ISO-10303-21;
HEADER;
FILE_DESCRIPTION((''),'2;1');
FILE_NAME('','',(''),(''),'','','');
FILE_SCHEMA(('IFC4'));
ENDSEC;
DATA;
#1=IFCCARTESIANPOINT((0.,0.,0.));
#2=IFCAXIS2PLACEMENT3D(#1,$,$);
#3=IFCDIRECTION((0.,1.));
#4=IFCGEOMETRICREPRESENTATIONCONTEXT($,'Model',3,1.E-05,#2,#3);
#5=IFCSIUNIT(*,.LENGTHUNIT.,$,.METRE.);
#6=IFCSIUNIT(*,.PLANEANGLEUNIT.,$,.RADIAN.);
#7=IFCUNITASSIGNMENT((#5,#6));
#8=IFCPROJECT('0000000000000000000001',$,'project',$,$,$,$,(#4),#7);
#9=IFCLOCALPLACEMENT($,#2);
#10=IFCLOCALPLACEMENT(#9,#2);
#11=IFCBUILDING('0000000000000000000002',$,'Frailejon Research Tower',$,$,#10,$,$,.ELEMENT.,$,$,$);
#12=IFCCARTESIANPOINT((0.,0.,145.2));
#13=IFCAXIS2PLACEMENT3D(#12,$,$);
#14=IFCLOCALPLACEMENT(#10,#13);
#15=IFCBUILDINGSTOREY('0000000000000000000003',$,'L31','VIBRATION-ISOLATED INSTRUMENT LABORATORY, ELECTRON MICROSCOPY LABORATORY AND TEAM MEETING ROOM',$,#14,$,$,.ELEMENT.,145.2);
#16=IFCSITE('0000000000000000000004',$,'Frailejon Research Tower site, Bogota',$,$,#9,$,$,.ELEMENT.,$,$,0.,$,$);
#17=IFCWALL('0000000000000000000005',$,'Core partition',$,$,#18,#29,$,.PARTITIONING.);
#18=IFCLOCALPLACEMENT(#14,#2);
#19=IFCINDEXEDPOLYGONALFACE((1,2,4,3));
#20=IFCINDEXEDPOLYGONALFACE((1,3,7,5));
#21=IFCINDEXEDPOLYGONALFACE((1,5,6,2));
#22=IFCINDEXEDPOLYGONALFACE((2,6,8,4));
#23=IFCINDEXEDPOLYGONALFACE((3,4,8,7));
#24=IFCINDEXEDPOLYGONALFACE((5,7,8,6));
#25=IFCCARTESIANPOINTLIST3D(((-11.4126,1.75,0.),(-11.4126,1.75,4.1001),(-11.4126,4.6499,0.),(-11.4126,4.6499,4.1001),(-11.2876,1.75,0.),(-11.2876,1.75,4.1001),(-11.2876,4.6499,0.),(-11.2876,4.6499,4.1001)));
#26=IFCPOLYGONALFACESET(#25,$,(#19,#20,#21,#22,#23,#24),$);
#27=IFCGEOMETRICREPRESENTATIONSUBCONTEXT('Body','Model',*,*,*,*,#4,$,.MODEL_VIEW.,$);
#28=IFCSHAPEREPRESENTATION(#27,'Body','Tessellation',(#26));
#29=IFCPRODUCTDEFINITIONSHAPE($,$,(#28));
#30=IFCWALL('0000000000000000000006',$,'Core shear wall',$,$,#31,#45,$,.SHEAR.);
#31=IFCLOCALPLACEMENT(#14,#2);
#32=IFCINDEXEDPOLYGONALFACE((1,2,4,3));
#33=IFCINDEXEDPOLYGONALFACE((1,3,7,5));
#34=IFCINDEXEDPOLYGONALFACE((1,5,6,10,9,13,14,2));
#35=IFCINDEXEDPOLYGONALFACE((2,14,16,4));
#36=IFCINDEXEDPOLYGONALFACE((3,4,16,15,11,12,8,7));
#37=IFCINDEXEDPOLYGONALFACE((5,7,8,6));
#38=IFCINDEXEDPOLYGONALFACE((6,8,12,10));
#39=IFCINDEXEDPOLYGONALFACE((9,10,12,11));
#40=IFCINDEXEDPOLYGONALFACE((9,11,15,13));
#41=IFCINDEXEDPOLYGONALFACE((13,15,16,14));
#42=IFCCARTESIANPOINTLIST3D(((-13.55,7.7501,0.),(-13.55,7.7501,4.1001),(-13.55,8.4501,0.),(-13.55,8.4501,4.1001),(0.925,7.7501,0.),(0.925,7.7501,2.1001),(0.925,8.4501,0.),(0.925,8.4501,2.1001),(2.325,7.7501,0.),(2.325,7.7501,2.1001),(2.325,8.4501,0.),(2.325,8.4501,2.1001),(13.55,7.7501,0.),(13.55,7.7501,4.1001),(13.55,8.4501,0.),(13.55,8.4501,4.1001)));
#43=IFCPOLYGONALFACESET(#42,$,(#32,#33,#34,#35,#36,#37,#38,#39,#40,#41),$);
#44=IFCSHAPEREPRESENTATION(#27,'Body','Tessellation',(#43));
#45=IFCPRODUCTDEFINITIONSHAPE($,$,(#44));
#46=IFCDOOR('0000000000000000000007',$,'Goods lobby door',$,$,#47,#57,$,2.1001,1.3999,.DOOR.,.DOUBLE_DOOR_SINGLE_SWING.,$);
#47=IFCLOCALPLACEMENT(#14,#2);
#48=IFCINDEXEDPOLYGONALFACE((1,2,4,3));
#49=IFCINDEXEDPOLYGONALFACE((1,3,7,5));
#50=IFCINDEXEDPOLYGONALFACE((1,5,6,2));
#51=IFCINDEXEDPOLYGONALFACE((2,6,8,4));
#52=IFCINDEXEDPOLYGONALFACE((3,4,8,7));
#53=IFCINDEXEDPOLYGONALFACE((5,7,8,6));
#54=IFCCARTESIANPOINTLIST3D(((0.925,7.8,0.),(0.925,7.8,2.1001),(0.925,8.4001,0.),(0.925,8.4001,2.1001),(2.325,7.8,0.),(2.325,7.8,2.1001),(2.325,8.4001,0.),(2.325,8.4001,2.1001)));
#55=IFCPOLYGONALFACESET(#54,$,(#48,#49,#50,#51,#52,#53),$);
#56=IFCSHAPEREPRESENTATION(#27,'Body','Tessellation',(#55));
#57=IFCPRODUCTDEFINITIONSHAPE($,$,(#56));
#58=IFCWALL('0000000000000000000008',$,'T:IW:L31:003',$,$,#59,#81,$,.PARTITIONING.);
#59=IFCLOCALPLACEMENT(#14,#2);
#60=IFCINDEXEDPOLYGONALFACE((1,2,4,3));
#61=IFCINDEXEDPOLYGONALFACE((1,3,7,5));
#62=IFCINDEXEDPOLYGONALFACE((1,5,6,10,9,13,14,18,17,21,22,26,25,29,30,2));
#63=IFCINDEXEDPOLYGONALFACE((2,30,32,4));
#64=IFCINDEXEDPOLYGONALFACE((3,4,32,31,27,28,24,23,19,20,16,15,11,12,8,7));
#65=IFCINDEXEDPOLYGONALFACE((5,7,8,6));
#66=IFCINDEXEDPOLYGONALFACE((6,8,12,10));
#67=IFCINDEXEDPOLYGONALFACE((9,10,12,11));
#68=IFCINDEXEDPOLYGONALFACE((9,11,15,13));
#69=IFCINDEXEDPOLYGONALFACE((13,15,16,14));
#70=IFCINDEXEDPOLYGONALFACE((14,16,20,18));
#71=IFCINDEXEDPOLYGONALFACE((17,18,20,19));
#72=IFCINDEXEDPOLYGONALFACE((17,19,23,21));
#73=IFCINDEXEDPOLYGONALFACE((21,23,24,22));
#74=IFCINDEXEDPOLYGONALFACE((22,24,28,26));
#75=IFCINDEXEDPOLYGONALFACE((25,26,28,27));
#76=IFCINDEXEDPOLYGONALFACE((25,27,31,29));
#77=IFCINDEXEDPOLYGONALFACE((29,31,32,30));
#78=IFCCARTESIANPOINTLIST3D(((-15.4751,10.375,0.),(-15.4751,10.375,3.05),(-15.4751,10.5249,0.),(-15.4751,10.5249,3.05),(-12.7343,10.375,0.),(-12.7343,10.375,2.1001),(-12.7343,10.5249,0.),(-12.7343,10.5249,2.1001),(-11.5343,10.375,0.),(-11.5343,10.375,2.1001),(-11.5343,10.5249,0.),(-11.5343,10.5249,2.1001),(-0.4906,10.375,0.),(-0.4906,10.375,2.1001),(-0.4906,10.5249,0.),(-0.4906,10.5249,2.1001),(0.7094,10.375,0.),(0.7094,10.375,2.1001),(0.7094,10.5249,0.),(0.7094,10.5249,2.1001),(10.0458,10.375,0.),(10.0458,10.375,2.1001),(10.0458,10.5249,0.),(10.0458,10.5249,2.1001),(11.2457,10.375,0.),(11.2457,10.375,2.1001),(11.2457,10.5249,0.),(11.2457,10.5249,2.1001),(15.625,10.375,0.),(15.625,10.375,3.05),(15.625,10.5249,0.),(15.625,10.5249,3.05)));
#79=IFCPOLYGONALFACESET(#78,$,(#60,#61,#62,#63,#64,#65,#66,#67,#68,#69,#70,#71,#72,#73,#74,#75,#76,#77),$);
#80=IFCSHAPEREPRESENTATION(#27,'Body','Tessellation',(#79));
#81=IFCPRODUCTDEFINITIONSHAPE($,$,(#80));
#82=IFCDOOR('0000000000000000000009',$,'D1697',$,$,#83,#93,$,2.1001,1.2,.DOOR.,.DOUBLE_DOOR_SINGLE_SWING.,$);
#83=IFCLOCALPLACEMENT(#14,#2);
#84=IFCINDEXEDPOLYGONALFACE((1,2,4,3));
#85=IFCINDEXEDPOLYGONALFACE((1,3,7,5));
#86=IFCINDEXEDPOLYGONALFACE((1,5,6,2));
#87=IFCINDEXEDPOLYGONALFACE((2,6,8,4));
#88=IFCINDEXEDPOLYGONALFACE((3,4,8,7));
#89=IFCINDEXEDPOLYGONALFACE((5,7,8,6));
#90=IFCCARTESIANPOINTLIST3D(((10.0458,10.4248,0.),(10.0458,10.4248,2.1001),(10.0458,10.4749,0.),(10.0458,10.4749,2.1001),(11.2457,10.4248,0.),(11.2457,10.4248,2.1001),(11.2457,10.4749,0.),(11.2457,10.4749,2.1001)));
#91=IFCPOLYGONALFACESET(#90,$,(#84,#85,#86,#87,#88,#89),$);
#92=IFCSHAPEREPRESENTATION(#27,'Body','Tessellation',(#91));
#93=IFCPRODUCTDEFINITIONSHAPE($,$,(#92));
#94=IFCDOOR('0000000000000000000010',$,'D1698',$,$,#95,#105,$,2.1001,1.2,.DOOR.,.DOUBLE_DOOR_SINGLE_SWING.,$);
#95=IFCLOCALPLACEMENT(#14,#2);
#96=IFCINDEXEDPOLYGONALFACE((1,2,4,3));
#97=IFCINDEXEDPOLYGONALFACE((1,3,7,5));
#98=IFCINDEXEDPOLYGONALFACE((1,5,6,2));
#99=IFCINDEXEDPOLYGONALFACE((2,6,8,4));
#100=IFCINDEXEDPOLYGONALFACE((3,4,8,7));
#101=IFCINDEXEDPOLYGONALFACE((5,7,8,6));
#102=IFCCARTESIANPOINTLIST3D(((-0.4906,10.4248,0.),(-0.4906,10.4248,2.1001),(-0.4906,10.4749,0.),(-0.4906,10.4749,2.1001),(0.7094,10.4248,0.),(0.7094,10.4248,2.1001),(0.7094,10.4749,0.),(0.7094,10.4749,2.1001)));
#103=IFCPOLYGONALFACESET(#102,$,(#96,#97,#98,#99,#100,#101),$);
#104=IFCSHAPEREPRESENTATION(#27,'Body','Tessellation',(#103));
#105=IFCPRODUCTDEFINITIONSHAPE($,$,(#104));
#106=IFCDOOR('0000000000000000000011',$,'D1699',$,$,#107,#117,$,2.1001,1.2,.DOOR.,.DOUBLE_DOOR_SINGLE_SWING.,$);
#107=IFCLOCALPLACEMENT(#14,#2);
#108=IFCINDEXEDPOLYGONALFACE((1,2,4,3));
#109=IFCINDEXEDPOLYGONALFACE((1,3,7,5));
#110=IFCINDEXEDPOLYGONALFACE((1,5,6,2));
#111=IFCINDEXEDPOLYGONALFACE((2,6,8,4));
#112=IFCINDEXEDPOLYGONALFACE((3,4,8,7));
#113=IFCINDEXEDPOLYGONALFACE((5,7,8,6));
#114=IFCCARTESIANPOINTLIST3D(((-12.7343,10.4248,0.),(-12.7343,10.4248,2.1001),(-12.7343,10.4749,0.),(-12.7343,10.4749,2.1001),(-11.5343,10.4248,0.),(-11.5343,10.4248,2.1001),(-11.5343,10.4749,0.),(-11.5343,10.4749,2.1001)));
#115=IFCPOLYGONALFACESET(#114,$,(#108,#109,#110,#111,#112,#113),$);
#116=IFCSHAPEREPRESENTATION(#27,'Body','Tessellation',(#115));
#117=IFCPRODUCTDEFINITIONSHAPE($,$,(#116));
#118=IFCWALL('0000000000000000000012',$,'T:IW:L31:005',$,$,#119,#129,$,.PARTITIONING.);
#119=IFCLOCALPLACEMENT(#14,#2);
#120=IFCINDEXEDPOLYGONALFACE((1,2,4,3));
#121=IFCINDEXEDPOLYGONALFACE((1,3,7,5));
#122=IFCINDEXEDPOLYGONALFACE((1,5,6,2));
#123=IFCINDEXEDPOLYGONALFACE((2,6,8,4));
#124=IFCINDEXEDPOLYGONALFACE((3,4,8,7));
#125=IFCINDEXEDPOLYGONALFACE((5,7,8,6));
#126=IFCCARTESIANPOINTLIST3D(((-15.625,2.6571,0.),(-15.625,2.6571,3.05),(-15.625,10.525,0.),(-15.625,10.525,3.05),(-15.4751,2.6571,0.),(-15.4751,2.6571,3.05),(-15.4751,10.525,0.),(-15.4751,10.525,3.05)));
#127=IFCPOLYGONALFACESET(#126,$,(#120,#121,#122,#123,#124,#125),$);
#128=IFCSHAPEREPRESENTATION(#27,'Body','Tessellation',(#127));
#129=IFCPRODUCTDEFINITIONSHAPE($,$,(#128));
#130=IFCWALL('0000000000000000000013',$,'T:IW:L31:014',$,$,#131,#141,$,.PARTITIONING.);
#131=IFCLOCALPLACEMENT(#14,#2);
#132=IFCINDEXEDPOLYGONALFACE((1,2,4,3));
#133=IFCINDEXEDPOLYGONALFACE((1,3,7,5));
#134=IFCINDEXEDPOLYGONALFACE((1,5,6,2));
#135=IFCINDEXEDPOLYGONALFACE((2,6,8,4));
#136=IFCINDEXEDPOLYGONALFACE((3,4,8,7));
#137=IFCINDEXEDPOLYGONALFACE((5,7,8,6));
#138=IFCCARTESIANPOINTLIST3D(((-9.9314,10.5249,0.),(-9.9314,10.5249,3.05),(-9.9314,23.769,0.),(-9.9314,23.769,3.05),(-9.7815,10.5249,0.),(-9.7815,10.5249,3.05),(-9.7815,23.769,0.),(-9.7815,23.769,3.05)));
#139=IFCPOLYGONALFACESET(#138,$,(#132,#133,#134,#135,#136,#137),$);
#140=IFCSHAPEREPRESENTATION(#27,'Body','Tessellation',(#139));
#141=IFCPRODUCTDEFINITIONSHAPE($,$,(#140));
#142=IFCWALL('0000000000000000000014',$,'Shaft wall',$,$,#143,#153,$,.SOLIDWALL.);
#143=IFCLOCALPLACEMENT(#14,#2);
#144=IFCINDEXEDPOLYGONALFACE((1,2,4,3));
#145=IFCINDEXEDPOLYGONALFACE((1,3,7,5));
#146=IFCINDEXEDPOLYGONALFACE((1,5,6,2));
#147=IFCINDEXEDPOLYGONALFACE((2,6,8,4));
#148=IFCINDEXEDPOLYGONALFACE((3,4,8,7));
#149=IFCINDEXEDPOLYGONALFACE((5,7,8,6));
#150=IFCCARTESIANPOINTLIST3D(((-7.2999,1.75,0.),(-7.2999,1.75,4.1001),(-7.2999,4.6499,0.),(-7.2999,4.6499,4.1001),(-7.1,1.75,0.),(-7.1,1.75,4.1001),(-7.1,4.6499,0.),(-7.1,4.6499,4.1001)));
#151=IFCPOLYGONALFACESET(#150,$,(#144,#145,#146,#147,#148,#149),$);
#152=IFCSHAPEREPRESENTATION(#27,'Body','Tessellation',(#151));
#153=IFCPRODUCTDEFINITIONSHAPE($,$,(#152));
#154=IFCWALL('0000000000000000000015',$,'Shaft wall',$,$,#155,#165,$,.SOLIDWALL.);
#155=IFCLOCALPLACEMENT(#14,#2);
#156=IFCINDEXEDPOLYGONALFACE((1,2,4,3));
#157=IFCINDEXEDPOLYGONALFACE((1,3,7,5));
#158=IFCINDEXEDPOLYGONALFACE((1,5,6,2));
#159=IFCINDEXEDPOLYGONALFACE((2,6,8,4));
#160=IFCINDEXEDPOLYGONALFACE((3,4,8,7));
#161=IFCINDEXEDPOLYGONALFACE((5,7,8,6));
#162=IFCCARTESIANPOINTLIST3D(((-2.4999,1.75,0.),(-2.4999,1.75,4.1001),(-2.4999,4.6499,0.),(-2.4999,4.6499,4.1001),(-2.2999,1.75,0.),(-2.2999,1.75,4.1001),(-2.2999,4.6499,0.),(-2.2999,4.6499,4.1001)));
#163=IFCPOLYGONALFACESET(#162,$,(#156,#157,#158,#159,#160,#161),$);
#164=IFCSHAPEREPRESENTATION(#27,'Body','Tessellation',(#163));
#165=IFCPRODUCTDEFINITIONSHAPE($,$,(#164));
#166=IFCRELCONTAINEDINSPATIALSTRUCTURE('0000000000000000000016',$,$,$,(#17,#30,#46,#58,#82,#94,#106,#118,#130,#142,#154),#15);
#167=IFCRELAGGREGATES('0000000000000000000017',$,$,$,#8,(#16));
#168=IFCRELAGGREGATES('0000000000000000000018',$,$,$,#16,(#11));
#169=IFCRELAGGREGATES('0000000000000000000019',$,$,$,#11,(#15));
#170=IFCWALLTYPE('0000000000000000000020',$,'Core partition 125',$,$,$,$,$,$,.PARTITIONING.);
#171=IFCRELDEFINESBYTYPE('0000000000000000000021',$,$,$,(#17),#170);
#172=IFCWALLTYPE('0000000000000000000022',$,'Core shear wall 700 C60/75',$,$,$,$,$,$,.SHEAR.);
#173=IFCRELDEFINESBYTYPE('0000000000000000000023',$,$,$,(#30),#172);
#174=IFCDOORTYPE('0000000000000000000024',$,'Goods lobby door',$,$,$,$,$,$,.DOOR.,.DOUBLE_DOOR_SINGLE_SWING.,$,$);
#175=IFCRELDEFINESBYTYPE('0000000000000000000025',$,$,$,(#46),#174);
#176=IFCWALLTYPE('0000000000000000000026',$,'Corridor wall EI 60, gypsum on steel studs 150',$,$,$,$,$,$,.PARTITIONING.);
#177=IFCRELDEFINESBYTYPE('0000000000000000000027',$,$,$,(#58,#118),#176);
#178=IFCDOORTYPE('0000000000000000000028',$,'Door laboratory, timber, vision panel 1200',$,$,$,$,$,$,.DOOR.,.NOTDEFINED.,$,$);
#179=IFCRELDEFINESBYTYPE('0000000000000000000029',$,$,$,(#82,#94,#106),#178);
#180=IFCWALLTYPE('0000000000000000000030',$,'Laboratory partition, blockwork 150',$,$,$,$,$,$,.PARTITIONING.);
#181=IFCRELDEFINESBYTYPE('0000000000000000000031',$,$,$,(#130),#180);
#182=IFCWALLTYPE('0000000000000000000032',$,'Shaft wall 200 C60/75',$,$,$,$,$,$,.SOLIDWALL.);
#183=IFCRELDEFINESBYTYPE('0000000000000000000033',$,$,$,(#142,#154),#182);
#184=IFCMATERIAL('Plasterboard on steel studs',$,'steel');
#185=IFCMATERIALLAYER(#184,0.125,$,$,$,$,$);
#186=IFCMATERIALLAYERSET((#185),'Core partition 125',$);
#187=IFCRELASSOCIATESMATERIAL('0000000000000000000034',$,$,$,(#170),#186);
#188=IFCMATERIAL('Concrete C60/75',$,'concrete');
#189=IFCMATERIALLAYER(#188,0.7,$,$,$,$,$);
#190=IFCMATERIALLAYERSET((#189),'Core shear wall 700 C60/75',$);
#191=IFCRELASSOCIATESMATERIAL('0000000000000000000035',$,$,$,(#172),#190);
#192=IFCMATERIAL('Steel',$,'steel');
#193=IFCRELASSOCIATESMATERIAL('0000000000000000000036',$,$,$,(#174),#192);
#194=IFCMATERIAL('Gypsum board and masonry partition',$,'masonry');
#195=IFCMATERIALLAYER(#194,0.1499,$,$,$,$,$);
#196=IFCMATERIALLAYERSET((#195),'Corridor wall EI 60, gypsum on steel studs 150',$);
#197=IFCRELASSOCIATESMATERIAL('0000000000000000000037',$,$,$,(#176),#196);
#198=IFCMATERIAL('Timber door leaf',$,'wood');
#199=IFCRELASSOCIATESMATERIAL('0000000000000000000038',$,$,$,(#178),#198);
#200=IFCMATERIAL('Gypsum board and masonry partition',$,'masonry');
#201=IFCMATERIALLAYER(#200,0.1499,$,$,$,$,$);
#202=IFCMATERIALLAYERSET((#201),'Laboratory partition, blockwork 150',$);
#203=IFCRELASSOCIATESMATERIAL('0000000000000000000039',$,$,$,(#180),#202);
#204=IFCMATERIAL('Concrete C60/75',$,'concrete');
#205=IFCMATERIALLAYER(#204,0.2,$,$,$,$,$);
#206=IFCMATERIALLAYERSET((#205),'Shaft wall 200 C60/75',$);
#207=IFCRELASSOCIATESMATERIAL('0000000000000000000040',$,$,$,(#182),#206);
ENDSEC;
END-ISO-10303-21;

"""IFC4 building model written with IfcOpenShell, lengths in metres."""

from ifc_helpers import new_model, si_unit, direction, frame, frame_2d, origin, place, context, subcontext, project, spatial, rectangle, extrude, material, layer, layer_set, type_object, element, fill, save


model = new_model("IFC4")

# Units and contexts
model_context = context("Model", 3, precision=1e-05, world=origin(), true_north=direction((0.0, 1.0)))
body_context = subcontext(model_context, "Body", "Model", "MODEL_VIEW")
ifc_project = project(units=[si_unit("LENGTHUNIT", "METRE"), si_unit("PLANEANGLEUNIT", "RADIAN")], contexts=[model_context])

# Site, building, storey
site_placement = place(None, origin())
site = spatial("IfcSite", under=ifc_project, at=site_placement, Name="Frailejon Research Tower site, Bogota", CompositionType="ELEMENT", RefElevation=0.0)
building_placement = place(site_placement, origin())
building = spatial("IfcBuilding", under=site, at=building_placement, Name="Frailejon Research Tower", CompositionType="ELEMENT")
storey_placement = place(building_placement, frame((0.0, 0.0, 145.2)))
storey = spatial("IfcBuildingStorey", under=building, at=storey_placement, Name="L31", Description="VIBRATION-ISOLATED INSTRUMENT LABORATORY, ELECTRON MICROSCOPY LABORATORY AND TEAM MEETING ROOM", CompositionType="ELEMENT", Elevation=145.2)

# Wall
ifc_material_1 = material(Name="Plasterboard on steel studs", Category="steel")
ifc_layer_1 = layer(ifc_material_1, 0.125)
ifc_layer_set_1 = layer_set([ifc_layer_1], Name="Core partition 125")
wall_type_1 = type_object("IfcWallType", Name="Core partition 125", PredefinedType="PARTITIONING", material=ifc_layer_set_1)
wall_1_placement = place(storey_placement, frame((-11.3501, 1.75, 0.0), z_axis=(0.0, 0.0, 1.0), x_axis=(0.0, 1.0, 0.0)))
element("IfcWall", 1, at=wall_1_placement, inside=storey, type_object=wall_type_1, Name="Core partition", PredefinedType="PARTITIONING", context=body_context, shape_type="SweptSolid", body=[
    extrude(rectangle(XDim=2.8999, YDim=0.125, at=frame_2d((1.45, 0.0))), origin(), (0.0, 0.0, 1.0), 4.1001),
])

# Wall, opening, door
ifc_material_2 = material(Name="Concrete C60/75", Category="concrete")
ifc_layer_2 = layer(ifc_material_2, 0.7)
ifc_layer_set_2 = layer_set([ifc_layer_2], Name="Core shear wall 700 C60/75")
wall_type_2 = type_object("IfcWallType", Name="Core shear wall 700 C60/75", PredefinedType="SHEAR", material=ifc_layer_set_2)
wall_2_placement = place(storey_placement, frame((-13.55, 8.1001, 0.0), z_axis=(0.0, 0.0, 1.0), x_axis=(1.0, 0.0, 0.0)))
wall_2 = element("IfcWall", 2, at=wall_2_placement, inside=storey, type_object=wall_type_2, Name="Core shear wall", PredefinedType="SHEAR", context=body_context, shape_type="SweptSolid", body=[
    extrude(rectangle(XDim=27.1001, YDim=0.7, at=frame_2d((13.55, 0.0))), origin(), (0.0, 0.0, 1.0), 4.1001),
])
opening_1_placement = place(wall_2_placement, frame((14.4751, 0.0, 0.0)))
opening_1 = element("IfcOpeningElement", 3, at=opening_1_placement, cuts=wall_2, PredefinedType="OPENING", context=body_context, shape_type="SweptSolid", body=[
    extrude(rectangle(XDim=1.3999, YDim=2.1001, at=frame_2d((0.7, 1.05))), frame((0.0, 0.3599, 0.0), z_axis=(0.0, -1.0, 0.0), x_axis=(1.0, 0.0, 0.0)), (0.0, 0.0, 1.0), 0.72),
])
ifc_material_3 = material(Name="Steel", Category="steel")
door_type_1 = type_object("IfcDoorType", Name="Goods lobby door", OperationType="DOUBLE_DOOR_SINGLE_SWING", PredefinedType="DOOR", material=ifc_material_3)
door_1_placement = place(opening_1_placement, origin())
door_1 = element("IfcDoor", 4, at=door_1_placement, inside=storey, type_object=door_type_1, Name="Goods lobby door", OperationType="DOUBLE_DOOR_SINGLE_SWING", OverallHeight=2.1001, OverallWidth=1.3999, PredefinedType="DOOR", context=body_context, shape_type="SweptSolid", body=[
    extrude(rectangle(XDim=1.3999, YDim=2.1001, at=frame_2d((0.7, 1.05))), frame((0.0, 0.3, 0.0), z_axis=(0.0, -1.0, 0.0), x_axis=(1.0, 0.0, 0.0)), (0.0, 0.0, 1.0), 0.6001),
])
fill(opening_1, door_1)

# Wall, openings, doors
ifc_material_4 = material(Name="Gypsum board and masonry partition", Category="masonry")
ifc_layer_3 = layer(ifc_material_4, 0.1499)
ifc_layer_set_3 = layer_set([ifc_layer_3], Name="Corridor wall EI 60, gypsum on steel studs 150")
wall_type_3 = type_object("IfcWallType", Name="Corridor wall EI 60, gypsum on steel studs 150", PredefinedType="PARTITIONING", material=ifc_layer_set_3)
wall_3_placement = place(storey_placement, frame((-15.4751, 10.45, 0.0), z_axis=(0.0, 0.0, 1.0), x_axis=(1.0, 0.0, 0.0)))
wall_3 = element("IfcWall", 5, at=wall_3_placement, inside=storey, type_object=wall_type_3, Name="T:IW:L31:003", PredefinedType="PARTITIONING", context=body_context, shape_type="SweptSolid", body=[
    extrude(rectangle(XDim=31.1001, YDim=0.1499, at=frame_2d((15.55, 0.0))), origin(), (0.0, 0.0, 1.0), 3.05),
])
opening_2_placement = place(wall_3_placement, frame((25.5208, 0.0, 0.0)))
opening_2 = element("IfcOpeningElement", 6, at=opening_2_placement, cuts=wall_3, PredefinedType="OPENING", context=body_context, shape_type="SweptSolid", body=[
    extrude(rectangle(XDim=1.2, YDim=2.1001, at=frame_2d((0.6001, 1.05))), frame((0.0, 0.085, 0.0), z_axis=(0.0, -1.0, 0.0), x_axis=(1.0, 0.0, 0.0)), (0.0, 0.0, 1.0), 0.1699),
])
opening_3_placement = place(wall_3_placement, frame((14.9844, 0.0, 0.0)))
opening_3 = element("IfcOpeningElement", 7, at=opening_3_placement, cuts=wall_3, PredefinedType="OPENING", context=body_context, shape_type="SweptSolid", body=[
    extrude(rectangle(XDim=1.2, YDim=2.1001, at=frame_2d((0.6001, 1.05))), frame((0.0, 0.085, 0.0), z_axis=(0.0, -1.0, 0.0), x_axis=(1.0, 0.0, 0.0)), (0.0, 0.0, 1.0), 0.1699),
])
opening_4_placement = place(wall_3_placement, frame((2.7407, 0.0, 0.0)))
opening_4 = element("IfcOpeningElement", 8, at=opening_4_placement, cuts=wall_3, PredefinedType="OPENING", context=body_context, shape_type="SweptSolid", body=[
    extrude(rectangle(XDim=1.2, YDim=2.1001, at=frame_2d((0.6001, 1.05))), frame((0.0, 0.085, 0.0), z_axis=(0.0, -1.0, 0.0), x_axis=(1.0, 0.0, 0.0)), (0.0, 0.0, 1.0), 0.1699),
])
ifc_material_5 = material(Name="Timber door leaf", Category="wood")
door_type_2 = type_object("IfcDoorType", Name="Door laboratory, timber, vision panel 1200", OperationType="NOTDEFINED", PredefinedType="DOOR", material=ifc_material_5)
door_2_placement = place(opening_2_placement, origin())
door_2 = element("IfcDoor", 9, at=door_2_placement, inside=storey, type_object=door_type_2, Name="D1697", OperationType="DOUBLE_DOOR_SINGLE_SWING", OverallHeight=2.1001, OverallWidth=1.2, PredefinedType="DOOR", context=body_context, shape_type="SweptSolid", body=[
    extrude(rectangle(XDim=1.2, YDim=2.1001, at=frame_2d((0.6001, 1.05))), frame((0.0, 0.0249, 0.0), z_axis=(0.0, -1.0, 0.0), x_axis=(1.0, 0.0, 0.0)), (0.0, 0.0, 1.0), 0.05),
])
fill(opening_2, door_2)
door_3_placement = place(opening_3_placement, origin())
door_3 = element("IfcDoor", 10, at=door_3_placement, inside=storey, type_object=door_type_2, Name="D1698", OperationType="DOUBLE_DOOR_SINGLE_SWING", OverallHeight=2.1001, OverallWidth=1.2, PredefinedType="DOOR", context=body_context, shape_type="SweptSolid", body=[
    extrude(rectangle(XDim=1.2, YDim=2.1001, at=frame_2d((0.6001, 1.05))), frame((0.0, 0.0249, 0.0), z_axis=(0.0, -1.0, 0.0), x_axis=(1.0, 0.0, 0.0)), (0.0, 0.0, 1.0), 0.05),
])
fill(opening_3, door_3)
door_4_placement = place(opening_4_placement, origin())
door_4 = element("IfcDoor", 11, at=door_4_placement, inside=storey, type_object=door_type_2, Name="D1699", OperationType="DOUBLE_DOOR_SINGLE_SWING", OverallHeight=2.1001, OverallWidth=1.2, PredefinedType="DOOR", context=body_context, shape_type="SweptSolid", body=[
    extrude(rectangle(XDim=1.2, YDim=2.1001, at=frame_2d((0.6001, 1.05))), frame((0.0, 0.0249, 0.0), z_axis=(0.0, -1.0, 0.0), x_axis=(1.0, 0.0, 0.0)), (0.0, 0.0, 1.0), 0.05),
])
fill(opening_4, door_4)

# Walls
wall_4_placement = place(storey_placement, frame((-15.55, 2.657, 0.0), z_axis=(0.0, 0.0, 1.0), x_axis=(0.0, 1.0, 0.0)))
element("IfcWall", 12, at=wall_4_placement, inside=storey, type_object=wall_type_3, Name="T:IW:L31:005", PredefinedType="PARTITIONING", context=body_context, shape_type="SweptSolid", body=[
    extrude(rectangle(XDim=7.8679, YDim=0.1499, at=frame_2d((3.9341, 0.0))), origin(), (0.0, 0.0, 1.0), 3.05),
])
ifc_material_6 = material(Name="Gypsum board and masonry partition", Category="masonry")
ifc_layer_4 = layer(ifc_material_6, 0.1499)
ifc_layer_set_4 = layer_set([ifc_layer_4], Name="Laboratory partition, blockwork 150")
wall_type_4 = type_object("IfcWallType", Name="Laboratory partition, blockwork 150", PredefinedType="PARTITIONING", material=ifc_layer_set_4)
wall_5_placement = place(storey_placement, frame((-9.8564, 10.5249, 0.0), z_axis=(0.0, 0.0, 1.0), x_axis=(0.0, 1.0, 0.0)))
element("IfcWall", 13, at=wall_5_placement, inside=storey, type_object=wall_type_4, Name="T:IW:L31:014", PredefinedType="PARTITIONING", context=body_context, shape_type="SweptSolid", body=[
    extrude(rectangle(XDim=13.2441, YDim=0.1499, at=frame_2d((6.6221, 0.0))), origin(), (0.0, 0.0, 1.0), 3.05),
])
ifc_material_7 = material(Name="Concrete C60/75", Category="concrete")
ifc_layer_5 = layer(ifc_material_7, 0.2)
ifc_layer_set_5 = layer_set([ifc_layer_5], Name="Shaft wall 200 C60/75")
wall_type_5 = type_object("IfcWallType", Name="Shaft wall 200 C60/75", PredefinedType="SOLIDWALL", material=ifc_layer_set_5)
for number, where, z_axis, x_axis, name in (
    (14, (-7.2, 1.75, 0.0), (0.0, 0.0, 1.0), (0.0, 1.0, 0.0), "Shaft wall"),
    (15, (-2.3999, 1.75, 0.0), (0.0, 0.0, 1.0), (0.0, 1.0, 0.0), "Shaft wall"),
):
    element("IfcWall", number, at=place(storey_placement, frame(where, z_axis=z_axis, x_axis=x_axis)), inside=storey, type_object=wall_type_5, Name=name, PredefinedType="SOLIDWALL", context=body_context, shape_type="SweptSolid", body=[
        extrude(rectangle(XDim=2.8999, YDim=0.2, at=frame_2d((1.45, 0.0))), origin(), (0.0, 0.0, 1.0), 4.1001),
    ])

save(model, "model.ifc")
